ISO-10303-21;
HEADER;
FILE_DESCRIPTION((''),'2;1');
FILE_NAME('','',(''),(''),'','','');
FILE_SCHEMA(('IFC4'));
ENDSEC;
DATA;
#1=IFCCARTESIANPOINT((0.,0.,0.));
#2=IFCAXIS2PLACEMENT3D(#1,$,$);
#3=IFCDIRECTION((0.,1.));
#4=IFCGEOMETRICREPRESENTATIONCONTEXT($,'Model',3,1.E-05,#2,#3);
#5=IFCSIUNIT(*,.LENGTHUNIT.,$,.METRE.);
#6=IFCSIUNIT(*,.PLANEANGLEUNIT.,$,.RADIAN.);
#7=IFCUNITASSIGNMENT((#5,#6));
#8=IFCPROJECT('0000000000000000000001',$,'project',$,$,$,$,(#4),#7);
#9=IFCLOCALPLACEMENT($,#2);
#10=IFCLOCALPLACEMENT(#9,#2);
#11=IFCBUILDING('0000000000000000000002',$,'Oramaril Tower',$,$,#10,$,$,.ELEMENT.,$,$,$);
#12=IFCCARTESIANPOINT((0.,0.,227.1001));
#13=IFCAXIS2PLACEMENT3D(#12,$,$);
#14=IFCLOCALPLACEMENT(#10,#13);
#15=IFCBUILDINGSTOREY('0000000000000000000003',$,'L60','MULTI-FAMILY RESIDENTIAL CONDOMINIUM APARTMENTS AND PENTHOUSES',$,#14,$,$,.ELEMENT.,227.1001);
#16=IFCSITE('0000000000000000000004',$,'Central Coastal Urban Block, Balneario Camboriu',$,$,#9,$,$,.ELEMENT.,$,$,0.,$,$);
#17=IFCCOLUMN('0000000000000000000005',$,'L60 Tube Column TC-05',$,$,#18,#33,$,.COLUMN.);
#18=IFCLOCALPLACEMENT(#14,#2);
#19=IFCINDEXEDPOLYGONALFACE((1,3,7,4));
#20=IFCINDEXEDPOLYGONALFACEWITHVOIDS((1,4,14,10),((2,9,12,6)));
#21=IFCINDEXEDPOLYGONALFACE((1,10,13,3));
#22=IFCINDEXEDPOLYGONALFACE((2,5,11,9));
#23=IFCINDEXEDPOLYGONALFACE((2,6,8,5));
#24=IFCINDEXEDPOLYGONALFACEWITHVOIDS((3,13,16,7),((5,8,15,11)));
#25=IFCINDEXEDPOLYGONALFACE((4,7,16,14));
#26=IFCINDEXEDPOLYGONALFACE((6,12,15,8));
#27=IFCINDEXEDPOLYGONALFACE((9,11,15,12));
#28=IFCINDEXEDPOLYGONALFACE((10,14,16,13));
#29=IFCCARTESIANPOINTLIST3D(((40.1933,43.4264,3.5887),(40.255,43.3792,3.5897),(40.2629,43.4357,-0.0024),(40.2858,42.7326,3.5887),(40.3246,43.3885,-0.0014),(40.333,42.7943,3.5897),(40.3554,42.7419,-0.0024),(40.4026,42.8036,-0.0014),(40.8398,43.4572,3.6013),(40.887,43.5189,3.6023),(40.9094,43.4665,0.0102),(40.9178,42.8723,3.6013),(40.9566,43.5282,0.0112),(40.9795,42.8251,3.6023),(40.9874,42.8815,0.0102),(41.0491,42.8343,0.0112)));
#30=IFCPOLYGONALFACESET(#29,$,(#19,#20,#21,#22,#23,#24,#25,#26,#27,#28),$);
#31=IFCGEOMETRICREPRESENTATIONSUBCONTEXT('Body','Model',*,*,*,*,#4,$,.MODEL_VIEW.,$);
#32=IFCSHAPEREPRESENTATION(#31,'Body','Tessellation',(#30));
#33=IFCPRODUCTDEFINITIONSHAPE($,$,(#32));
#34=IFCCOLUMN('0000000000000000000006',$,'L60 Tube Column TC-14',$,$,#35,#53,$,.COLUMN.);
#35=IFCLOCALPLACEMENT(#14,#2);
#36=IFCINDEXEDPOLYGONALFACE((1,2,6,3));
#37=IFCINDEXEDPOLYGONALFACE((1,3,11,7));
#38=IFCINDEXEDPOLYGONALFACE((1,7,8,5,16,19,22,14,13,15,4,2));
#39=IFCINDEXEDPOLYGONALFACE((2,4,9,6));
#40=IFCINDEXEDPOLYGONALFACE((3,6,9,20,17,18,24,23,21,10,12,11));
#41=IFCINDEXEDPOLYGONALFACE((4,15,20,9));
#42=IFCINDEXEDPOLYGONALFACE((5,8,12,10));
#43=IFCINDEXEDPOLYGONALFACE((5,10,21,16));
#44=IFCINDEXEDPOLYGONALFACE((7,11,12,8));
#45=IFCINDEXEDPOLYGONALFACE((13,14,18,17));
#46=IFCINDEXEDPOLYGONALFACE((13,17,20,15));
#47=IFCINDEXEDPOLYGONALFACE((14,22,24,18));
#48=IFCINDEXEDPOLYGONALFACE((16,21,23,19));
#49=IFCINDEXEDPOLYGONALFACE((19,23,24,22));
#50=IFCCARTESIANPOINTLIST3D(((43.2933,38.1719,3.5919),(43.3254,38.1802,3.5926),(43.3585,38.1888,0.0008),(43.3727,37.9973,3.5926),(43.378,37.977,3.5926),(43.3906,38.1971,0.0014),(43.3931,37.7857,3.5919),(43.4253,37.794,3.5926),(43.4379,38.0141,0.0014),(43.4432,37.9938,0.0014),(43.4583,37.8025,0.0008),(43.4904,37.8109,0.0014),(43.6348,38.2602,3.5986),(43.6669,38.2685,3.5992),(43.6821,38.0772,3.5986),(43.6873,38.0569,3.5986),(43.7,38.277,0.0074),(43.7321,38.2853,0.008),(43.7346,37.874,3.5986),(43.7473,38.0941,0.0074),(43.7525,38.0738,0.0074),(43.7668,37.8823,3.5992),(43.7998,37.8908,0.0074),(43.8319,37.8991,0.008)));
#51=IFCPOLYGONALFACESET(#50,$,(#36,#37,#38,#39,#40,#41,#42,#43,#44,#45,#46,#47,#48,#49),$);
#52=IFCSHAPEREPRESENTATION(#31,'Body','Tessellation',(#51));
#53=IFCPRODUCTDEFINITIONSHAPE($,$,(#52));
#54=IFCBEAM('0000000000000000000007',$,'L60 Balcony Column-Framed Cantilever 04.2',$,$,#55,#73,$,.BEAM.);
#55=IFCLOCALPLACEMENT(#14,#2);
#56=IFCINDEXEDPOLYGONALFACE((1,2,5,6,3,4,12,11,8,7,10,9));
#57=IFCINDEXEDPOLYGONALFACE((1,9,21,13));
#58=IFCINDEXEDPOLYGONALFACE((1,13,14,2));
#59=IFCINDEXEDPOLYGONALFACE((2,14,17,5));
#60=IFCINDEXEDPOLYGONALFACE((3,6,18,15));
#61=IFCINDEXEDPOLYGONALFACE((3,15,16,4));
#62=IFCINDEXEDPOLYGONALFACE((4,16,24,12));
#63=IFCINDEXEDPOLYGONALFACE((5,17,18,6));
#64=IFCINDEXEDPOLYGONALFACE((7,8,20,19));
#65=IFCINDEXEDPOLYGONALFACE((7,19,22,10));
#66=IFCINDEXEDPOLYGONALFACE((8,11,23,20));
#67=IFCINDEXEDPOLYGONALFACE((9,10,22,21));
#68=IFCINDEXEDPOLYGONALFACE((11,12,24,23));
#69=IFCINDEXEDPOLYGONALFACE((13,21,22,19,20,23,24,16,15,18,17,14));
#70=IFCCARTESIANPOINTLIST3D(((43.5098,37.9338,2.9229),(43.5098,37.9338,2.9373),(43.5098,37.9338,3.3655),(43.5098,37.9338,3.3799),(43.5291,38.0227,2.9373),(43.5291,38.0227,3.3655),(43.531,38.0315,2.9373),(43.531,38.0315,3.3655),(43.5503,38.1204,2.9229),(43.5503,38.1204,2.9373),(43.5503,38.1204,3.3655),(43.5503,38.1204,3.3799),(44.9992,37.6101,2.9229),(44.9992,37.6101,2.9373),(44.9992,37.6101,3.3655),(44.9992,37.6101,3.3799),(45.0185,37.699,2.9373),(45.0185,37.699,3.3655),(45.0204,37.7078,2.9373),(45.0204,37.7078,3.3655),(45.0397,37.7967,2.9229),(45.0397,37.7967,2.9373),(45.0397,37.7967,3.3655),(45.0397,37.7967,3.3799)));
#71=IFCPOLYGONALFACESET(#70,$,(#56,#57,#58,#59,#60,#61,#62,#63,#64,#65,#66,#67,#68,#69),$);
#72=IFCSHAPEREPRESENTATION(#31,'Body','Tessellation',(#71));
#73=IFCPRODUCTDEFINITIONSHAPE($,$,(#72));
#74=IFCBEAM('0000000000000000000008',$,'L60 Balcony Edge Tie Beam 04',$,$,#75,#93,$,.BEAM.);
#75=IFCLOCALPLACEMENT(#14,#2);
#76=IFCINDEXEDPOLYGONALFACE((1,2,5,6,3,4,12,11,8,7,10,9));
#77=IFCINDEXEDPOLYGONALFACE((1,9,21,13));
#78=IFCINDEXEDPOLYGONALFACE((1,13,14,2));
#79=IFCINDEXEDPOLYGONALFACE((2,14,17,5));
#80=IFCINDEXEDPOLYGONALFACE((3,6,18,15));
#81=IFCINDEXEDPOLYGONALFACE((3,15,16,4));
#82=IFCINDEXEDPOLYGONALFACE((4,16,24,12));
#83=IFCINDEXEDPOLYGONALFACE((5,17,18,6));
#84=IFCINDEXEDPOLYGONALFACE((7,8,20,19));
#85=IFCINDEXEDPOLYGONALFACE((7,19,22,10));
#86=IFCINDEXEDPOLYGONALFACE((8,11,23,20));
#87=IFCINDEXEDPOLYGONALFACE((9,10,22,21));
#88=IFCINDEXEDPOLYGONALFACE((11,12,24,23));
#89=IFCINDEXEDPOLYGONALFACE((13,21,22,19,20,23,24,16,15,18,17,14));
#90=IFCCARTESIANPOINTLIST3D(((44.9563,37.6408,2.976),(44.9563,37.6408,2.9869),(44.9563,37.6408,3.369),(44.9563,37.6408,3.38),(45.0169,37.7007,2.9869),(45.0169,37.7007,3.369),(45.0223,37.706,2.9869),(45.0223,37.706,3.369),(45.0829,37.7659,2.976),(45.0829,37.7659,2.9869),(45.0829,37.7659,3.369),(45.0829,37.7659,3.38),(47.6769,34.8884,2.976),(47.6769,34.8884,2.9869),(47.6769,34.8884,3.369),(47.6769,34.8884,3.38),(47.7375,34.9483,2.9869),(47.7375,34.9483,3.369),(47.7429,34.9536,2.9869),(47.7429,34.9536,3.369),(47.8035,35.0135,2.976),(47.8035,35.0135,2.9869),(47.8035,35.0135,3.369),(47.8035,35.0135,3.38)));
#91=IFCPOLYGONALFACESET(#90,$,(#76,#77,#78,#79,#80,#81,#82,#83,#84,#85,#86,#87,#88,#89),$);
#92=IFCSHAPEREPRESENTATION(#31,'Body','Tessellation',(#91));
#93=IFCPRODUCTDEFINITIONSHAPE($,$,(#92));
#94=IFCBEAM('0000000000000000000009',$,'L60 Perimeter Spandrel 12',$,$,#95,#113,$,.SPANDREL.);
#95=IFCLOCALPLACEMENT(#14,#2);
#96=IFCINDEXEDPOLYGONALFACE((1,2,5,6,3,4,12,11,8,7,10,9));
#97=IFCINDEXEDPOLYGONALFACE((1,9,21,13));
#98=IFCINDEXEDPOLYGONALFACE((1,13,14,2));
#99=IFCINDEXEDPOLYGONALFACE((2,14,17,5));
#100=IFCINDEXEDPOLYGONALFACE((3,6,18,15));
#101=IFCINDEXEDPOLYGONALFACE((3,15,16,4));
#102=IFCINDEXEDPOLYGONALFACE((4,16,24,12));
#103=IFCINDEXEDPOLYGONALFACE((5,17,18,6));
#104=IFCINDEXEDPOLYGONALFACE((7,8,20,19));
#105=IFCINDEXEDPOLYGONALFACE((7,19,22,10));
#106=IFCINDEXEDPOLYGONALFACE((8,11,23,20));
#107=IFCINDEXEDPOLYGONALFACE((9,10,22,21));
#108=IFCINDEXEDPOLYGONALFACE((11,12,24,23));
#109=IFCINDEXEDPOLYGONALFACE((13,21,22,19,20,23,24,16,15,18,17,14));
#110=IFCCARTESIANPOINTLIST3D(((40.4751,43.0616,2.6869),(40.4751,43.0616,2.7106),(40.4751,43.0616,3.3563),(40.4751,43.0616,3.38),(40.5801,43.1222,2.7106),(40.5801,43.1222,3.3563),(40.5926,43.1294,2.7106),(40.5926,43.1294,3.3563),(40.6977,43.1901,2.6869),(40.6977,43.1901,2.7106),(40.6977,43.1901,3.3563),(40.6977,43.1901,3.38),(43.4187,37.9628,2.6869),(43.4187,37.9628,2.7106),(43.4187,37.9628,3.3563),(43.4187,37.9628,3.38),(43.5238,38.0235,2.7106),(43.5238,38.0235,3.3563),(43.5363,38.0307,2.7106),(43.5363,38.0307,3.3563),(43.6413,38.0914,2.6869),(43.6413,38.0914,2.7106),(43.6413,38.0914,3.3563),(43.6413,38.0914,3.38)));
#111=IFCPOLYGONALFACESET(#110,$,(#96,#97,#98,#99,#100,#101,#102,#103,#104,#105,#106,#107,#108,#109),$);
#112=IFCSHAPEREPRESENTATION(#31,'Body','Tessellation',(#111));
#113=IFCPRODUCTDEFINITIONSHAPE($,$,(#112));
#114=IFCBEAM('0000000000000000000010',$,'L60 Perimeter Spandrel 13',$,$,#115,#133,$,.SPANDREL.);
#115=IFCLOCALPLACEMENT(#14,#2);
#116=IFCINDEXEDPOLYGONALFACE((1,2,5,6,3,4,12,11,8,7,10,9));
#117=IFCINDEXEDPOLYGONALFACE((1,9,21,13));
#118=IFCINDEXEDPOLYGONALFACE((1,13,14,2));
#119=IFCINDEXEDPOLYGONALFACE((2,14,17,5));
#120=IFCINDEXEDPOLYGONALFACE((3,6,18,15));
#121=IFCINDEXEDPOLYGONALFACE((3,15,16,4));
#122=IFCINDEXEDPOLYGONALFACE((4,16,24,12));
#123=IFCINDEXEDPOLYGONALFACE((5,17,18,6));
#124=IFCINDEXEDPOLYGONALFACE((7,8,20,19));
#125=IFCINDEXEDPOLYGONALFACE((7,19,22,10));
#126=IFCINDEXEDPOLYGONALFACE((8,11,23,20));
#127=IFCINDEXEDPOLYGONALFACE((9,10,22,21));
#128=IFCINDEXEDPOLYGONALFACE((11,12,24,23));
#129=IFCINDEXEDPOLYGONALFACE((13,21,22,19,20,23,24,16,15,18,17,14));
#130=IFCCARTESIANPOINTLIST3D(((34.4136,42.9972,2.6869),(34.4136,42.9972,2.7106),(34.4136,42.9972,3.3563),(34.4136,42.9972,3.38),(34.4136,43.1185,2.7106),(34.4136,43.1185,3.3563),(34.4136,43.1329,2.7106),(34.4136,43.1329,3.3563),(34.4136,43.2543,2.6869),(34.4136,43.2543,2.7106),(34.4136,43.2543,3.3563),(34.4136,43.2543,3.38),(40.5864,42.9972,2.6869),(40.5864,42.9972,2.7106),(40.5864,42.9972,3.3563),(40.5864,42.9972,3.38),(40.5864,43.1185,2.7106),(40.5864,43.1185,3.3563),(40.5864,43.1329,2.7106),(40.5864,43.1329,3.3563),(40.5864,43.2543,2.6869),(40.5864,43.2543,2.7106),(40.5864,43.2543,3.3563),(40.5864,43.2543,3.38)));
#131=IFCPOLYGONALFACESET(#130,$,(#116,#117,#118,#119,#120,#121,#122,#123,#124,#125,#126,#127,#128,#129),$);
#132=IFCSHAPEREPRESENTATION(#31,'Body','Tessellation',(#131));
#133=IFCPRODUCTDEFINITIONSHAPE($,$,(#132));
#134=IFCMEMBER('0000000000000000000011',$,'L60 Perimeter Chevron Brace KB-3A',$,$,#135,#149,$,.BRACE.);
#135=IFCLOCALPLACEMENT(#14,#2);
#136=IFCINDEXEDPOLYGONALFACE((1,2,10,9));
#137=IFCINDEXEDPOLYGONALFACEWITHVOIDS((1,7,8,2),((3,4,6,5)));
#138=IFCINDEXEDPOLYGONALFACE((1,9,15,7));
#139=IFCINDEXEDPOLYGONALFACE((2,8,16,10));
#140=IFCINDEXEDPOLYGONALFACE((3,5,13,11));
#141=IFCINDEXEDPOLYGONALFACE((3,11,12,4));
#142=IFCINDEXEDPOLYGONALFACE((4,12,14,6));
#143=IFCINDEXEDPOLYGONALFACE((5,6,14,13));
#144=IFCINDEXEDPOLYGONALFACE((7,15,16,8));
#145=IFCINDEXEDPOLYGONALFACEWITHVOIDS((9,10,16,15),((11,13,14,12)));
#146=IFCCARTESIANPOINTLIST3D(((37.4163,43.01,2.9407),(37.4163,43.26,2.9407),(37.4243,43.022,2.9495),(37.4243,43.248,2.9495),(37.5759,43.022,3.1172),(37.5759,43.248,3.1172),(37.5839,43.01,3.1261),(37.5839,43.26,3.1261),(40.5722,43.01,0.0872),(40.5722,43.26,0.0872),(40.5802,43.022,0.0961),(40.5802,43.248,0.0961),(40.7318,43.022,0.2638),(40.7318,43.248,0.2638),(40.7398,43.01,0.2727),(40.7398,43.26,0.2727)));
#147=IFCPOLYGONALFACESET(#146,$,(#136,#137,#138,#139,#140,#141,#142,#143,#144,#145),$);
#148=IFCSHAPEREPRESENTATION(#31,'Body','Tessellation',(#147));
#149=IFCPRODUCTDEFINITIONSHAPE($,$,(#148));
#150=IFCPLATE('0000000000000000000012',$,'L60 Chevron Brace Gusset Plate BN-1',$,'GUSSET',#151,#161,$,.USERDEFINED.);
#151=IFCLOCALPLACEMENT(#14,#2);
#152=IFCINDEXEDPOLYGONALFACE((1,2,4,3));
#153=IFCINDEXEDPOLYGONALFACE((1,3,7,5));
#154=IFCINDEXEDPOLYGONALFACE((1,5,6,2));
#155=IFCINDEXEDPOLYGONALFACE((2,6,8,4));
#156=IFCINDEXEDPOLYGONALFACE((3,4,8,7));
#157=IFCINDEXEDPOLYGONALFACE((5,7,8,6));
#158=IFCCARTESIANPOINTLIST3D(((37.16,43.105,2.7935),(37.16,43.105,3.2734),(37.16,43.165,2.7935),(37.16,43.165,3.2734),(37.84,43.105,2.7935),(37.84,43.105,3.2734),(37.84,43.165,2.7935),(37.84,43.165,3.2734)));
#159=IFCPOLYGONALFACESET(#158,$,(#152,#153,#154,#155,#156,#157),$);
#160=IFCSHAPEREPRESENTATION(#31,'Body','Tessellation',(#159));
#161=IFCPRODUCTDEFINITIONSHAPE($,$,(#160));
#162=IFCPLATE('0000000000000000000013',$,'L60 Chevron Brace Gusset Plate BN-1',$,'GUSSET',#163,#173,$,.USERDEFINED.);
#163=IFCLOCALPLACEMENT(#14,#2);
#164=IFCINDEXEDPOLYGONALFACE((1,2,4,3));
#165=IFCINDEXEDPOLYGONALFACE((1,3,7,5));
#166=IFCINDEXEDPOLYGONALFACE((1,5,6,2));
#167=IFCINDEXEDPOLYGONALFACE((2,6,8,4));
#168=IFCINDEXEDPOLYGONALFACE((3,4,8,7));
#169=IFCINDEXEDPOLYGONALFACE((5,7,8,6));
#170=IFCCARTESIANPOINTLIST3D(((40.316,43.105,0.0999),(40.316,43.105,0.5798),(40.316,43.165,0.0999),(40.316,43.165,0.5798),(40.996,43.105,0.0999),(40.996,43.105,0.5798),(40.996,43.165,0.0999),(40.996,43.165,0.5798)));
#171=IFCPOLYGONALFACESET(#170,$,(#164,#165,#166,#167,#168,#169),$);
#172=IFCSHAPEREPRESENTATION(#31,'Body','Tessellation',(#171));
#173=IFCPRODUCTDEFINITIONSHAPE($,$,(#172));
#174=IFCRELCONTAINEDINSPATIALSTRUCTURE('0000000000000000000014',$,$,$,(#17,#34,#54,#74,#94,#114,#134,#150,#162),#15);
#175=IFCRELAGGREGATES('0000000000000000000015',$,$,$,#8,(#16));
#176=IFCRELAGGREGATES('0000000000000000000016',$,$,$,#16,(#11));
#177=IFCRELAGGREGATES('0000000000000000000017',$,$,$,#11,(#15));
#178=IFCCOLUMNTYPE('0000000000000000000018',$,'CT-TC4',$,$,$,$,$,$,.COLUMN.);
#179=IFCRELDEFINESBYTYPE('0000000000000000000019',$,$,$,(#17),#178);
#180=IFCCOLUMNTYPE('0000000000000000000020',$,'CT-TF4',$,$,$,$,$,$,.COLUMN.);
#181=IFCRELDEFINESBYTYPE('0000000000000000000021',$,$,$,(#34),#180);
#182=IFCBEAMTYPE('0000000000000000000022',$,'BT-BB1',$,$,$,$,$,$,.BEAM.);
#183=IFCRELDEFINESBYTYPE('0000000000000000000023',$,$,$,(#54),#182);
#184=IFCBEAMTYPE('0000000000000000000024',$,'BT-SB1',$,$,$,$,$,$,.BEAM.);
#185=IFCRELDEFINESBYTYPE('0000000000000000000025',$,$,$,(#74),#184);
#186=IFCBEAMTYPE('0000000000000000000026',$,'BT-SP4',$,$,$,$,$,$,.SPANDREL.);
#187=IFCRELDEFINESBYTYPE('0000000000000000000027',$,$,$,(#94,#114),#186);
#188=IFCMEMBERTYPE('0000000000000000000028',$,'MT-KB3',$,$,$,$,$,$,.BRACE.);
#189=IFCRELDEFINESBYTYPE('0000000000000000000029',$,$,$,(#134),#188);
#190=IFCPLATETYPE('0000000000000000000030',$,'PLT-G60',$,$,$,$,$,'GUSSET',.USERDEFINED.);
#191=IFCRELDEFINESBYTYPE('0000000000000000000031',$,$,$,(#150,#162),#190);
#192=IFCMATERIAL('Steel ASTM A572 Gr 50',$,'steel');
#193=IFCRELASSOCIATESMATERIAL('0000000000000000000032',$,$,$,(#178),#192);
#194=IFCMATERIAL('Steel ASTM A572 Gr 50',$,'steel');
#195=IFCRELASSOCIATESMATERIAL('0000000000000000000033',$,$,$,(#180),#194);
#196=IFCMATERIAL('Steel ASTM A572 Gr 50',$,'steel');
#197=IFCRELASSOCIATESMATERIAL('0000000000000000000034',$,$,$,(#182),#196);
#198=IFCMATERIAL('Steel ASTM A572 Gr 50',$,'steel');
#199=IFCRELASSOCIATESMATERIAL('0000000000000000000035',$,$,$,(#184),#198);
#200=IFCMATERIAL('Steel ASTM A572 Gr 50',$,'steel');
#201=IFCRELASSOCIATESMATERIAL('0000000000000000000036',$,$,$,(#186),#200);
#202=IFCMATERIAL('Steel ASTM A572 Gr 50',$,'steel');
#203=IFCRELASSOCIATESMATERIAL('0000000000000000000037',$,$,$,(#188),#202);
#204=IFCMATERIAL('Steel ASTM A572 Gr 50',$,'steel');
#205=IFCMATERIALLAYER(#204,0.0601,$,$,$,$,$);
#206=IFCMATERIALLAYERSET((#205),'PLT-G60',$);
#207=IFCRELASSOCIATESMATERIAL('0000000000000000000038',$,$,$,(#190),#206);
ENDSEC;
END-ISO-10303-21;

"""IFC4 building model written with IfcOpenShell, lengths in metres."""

from ifc_helpers import new_model, si_unit, direction, frame, origin, origin_2d, place, context, subcontext, project, spatial, rectangle, hollow_rectangle, i_section, extrude, material, layer, layer_set, material_profile, profile_set, type_object, element, save


model = new_model("IFC4")

# Units and contexts
model_context = context("Model", 3, precision=1e-05, world=origin(), true_north=direction((0.0, 1.0)))
body_context = subcontext(model_context, "Body", "Model", "MODEL_VIEW")
ifc_project = project(units=[si_unit("LENGTHUNIT", "METRE"), si_unit("PLANEANGLEUNIT", "RADIAN")], contexts=[model_context])

# Site, building, storey
site_placement = place(None, origin())
site = spatial("IfcSite", under=ifc_project, at=site_placement, Name="Central Coastal Urban Block, Balneario Camboriu", CompositionType="ELEMENT", RefElevation=0.0)
building_placement = place(site_placement, origin())
building = spatial("IfcBuilding", under=site, at=building_placement, Name="Oramaril Tower", CompositionType="ELEMENT")
storey_placement = place(building_placement, frame((0.0, 0.0, 227.1001)))
storey = spatial("IfcBuildingStorey", under=building, at=storey_placement, Name="L60", Description="MULTI-FAMILY RESIDENTIAL CONDOMINIUM APARTMENTS AND PENTHOUSES", CompositionType="ELEMENT", Elevation=227.1001)

# Columns
ifc_material_1 = material(Name="Steel ASTM A572 Gr 50", Category="steel")
ifc_material_profile_1 = material_profile(ifc_material_1, hollow_rectangle(XDim=0.7, YDim=0.7, WallThickness=0.0549, at=origin_2d()), Name="BOX700X700X55")
ifc_profile_set_1 = profile_set([ifc_material_profile_1], Name="Steel ASTM A572 Gr 50")
column_type_1 = type_object("IfcColumnType", Name="CT-TC4", PredefinedType="COLUMN", material=ifc_profile_set_1)
column_1_placement = place(storey_placement, frame((40.656, 43.135, 0.0044), z_axis=(-0.019372, -0.002583, 0.999809), x_axis=(0.132164, -0.991228, 0.0)))
element("IfcColumn", 1, at=column_1_placement, inside=storey, type_object=column_type_1, Name="L60 Tube Column TC-05", PredefinedType="COLUMN", context=body_context, shape_type="SweptSolid", body=[
    extrude(hollow_rectangle(XDim=0.7, YDim=0.7, WallThickness=0.0549, at=origin_2d()), origin(), (0.0, 0.0, 1.0), 3.5918),
])
ifc_material_2 = material(Name="Steel ASTM A572 Gr 50", Category="steel")
ifc_material_profile_2 = material_profile(ifc_material_2, i_section(OverallWidth=0.3989, OverallDepth=0.386, WebThickness=0.021, FlangeThickness=0.0332, at=origin_2d()), Name="W14X176")
ifc_profile_set_2 = profile_set([ifc_material_profile_2], Name="Steel ASTM A572 Gr 50")
column_type_2 = type_object("IfcColumnType", Name="CT-TF4", PredefinedType="COLUMN", material=ifc_profile_set_2)
column_2_placement = place(storey_placement, frame((43.5952, 38.0439, 0.0044), z_axis=(-0.018149, -0.00469, 0.999824), x_axis=(0.250207, -0.968192, 0.0)))
element("IfcColumn", 2, at=column_2_placement, inside=storey, type_object=column_type_2, Name="L60 Tube Column TC-14", PredefinedType="COLUMN", context=body_context, shape_type="SweptSolid", body=[
    extrude(i_section(OverallWidth=0.3989, OverallDepth=0.386, WebThickness=0.021, FlangeThickness=0.0332, at=origin_2d()), origin(), (0.0, 0.0, 1.0), 3.5918),
])

# Beams
ifc_material_3 = material(Name="Steel ASTM A572 Gr 50", Category="steel")
ifc_material_profile_3 = material_profile(ifc_material_3, i_section(OverallWidth=0.1909, OverallDepth=0.457, WebThickness=0.009, FlangeThickness=0.0144, at=origin_2d()), Name="W18X50")
ifc_profile_set_3 = profile_set([ifc_material_profile_3], Name="Steel ASTM A572 Gr 50")
beam_type_1 = type_object("IfcBeamType", Name="BT-BB1", PredefinedType="BEAM", material=ifc_profile_set_3)
beam_1_placement = place(storey_placement, frame((43.53, 38.0271, 3.1514), z_axis=(0.977186, -0.212383, 0.0), x_axis=(0.212383, 0.977186, 0.0)))
element("IfcBeam", 3, at=beam_1_placement, inside=storey, type_object=beam_type_1, Name="L60 Balcony Column-Framed Cantilever 04.2", PredefinedType="BEAM", context=body_context, shape_type="SweptSolid", body=[
    extrude(i_section(OverallWidth=0.1909, OverallDepth=0.457, WebThickness=0.009, FlangeThickness=0.0144, at=origin_2d()), origin(), (0.0, 0.0, 1.0), 1.5242),
])
ifc_material_4 = material(Name="Steel ASTM A572 Gr 50", Category="steel")
ifc_material_profile_4 = material_profile(ifc_material_4, i_section(OverallWidth=0.178, OverallDepth=0.4041, WebThickness=0.0076, FlangeThickness=0.011, at=origin_2d()), Name="W16X36")
ifc_profile_set_4 = profile_set([ifc_material_profile_4], Name="Steel ASTM A572 Gr 50")
beam_type_2 = type_object("IfcBeamType", Name="BT-SB1", PredefinedType="BEAM", material=ifc_profile_set_4)
beam_2_placement = place(storey_placement, frame((47.7402, 34.9509, 3.178), z_axis=(-0.702995, 0.711195, 0.0), x_axis=(-0.711195, -0.702995, 0.0)))
element("IfcBeam", 4, at=beam_2_placement, inside=storey, type_object=beam_type_2, Name="L60 Balcony Edge Tie Beam 04", PredefinedType="BEAM", context=body_context, shape_type="SweptSolid", body=[
    extrude(i_section(OverallWidth=0.178, OverallDepth=0.4041, WebThickness=0.0076, FlangeThickness=0.011, at=origin_2d()), origin(), (0.0, 0.0, 1.0), 3.8701),
])
ifc_material_5 = material(Name="Steel ASTM A572 Gr 50", Category="steel")
ifc_material_profile_5 = material_profile(ifc_material_5, i_section(OverallWidth=0.2571, OverallDepth=0.6931, WebThickness=0.0144, FlangeThickness=0.0237, at=origin_2d()), Name="W27X114")
ifc_profile_set_5 = profile_set([ifc_material_profile_5], Name="Steel ASTM A572 Gr 50")
beam_type_3 = type_object("IfcBeamType", Name="BT-SP4", PredefinedType="SPANDREL", material=ifc_profile_set_5)
beam_3_placement = place(storey_placement, frame((43.53, 38.0271, 3.0334), z_axis=(-0.499988, 0.866032, 0.0), x_axis=(-0.866032, -0.499988, 0.0)))
element("IfcBeam", 5, at=beam_3_placement, inside=storey, type_object=beam_type_3, Name="L60 Perimeter Spandrel 12", PredefinedType="SPANDREL", context=body_context, shape_type="SweptSolid", body=[
    extrude(i_section(OverallWidth=0.2571, OverallDepth=0.6931, WebThickness=0.0144, FlangeThickness=0.0237, at=origin_2d()), origin(), (0.0, 0.0, 1.0), 5.8875),
])
beam_4_placement = place(storey_placement, frame((40.5864, 43.1257, 3.0334), z_axis=(-1.0, 0.0, 0.0), x_axis=(0.0, -1.0, 0.0)))
element("IfcBeam", 6, at=beam_4_placement, inside=storey, type_object=beam_type_3, Name="L60 Perimeter Spandrel 13", PredefinedType="SPANDREL", context=body_context, shape_type="SweptSolid", body=[
    extrude(i_section(OverallWidth=0.2571, OverallDepth=0.6931, WebThickness=0.0144, FlangeThickness=0.0237, at=origin_2d()), origin(), (0.0, 0.0, 1.0), 6.1729),
])

# Member
ifc_material_6 = material(Name="Steel ASTM A572 Gr 50", Category="steel")
ifc_material_profile_6 = material_profile(ifc_material_6, hollow_rectangle(XDim=0.25, YDim=0.25, WallThickness=0.012, at=origin_2d()), Name="HSS250X250X12")
ifc_profile_set_6 = profile_set([ifc_material_profile_6], Name="Steel ASTM A572 Gr 50")
member_type = type_object("IfcMemberType", Name="MT-KB3", PredefinedType="BRACE", material=ifc_profile_set_6)
member_placement = place(storey_placement, frame((40.656, 43.135, 0.1799), z_axis=(-0.74176, 0.0, 0.670665), x_axis=(0.0, -1.0, 0.0)))
element("IfcMember", 7, at=member_placement, inside=storey, type_object=member_type, Name="L60 Perimeter Chevron Brace KB-3A", PredefinedType="BRACE", context=body_context, shape_type="SweptSolid", body=[
    extrude(hollow_rectangle(XDim=0.25, YDim=0.25, WallThickness=0.012, at=origin_2d()), origin(), (0.0, 0.0, 1.0), 4.2546),
])

# Plates
ifc_material_7 = material(Name="Steel ASTM A572 Gr 50", Category="steel")
ifc_layer_1 = layer(ifc_material_7, 0.0601)
ifc_layer_set_1 = layer_set([ifc_layer_1], Name="PLT-G60")
plate_type = type_object("IfcPlateType", Name="PLT-G60", ElementType="GUSSET", PredefinedType="USERDEFINED", material=ifc_layer_set_1)
for number, where, z_axis, x_axis, name in (
    (8, (37.5, 43.135, 2.7935), (0.0, 0.0, 1.0), (-1.0, 0.0, 0.0), "L60 Chevron Brace Gusset Plate BN-1"),
    (9, (40.656, 43.135, 0.0999), (0.0, 0.0, 1.0), (-1.0, 0.0, 0.0), "L60 Chevron Brace Gusset Plate BN-1"),
):
    element("IfcPlate", number, at=place(storey_placement, frame(where, z_axis=z_axis, x_axis=x_axis)), inside=storey, type_object=plate_type, Name=name, ObjectType="GUSSET", PredefinedType="USERDEFINED", context=body_context, shape_type="SweptSolid", body=[
        extrude(rectangle(XDim=0.6799, YDim=0.0601, at=origin_2d()), origin(), (0.0, 0.0, 1.0), 0.48),
    ])

save(model, "model.ifc")
